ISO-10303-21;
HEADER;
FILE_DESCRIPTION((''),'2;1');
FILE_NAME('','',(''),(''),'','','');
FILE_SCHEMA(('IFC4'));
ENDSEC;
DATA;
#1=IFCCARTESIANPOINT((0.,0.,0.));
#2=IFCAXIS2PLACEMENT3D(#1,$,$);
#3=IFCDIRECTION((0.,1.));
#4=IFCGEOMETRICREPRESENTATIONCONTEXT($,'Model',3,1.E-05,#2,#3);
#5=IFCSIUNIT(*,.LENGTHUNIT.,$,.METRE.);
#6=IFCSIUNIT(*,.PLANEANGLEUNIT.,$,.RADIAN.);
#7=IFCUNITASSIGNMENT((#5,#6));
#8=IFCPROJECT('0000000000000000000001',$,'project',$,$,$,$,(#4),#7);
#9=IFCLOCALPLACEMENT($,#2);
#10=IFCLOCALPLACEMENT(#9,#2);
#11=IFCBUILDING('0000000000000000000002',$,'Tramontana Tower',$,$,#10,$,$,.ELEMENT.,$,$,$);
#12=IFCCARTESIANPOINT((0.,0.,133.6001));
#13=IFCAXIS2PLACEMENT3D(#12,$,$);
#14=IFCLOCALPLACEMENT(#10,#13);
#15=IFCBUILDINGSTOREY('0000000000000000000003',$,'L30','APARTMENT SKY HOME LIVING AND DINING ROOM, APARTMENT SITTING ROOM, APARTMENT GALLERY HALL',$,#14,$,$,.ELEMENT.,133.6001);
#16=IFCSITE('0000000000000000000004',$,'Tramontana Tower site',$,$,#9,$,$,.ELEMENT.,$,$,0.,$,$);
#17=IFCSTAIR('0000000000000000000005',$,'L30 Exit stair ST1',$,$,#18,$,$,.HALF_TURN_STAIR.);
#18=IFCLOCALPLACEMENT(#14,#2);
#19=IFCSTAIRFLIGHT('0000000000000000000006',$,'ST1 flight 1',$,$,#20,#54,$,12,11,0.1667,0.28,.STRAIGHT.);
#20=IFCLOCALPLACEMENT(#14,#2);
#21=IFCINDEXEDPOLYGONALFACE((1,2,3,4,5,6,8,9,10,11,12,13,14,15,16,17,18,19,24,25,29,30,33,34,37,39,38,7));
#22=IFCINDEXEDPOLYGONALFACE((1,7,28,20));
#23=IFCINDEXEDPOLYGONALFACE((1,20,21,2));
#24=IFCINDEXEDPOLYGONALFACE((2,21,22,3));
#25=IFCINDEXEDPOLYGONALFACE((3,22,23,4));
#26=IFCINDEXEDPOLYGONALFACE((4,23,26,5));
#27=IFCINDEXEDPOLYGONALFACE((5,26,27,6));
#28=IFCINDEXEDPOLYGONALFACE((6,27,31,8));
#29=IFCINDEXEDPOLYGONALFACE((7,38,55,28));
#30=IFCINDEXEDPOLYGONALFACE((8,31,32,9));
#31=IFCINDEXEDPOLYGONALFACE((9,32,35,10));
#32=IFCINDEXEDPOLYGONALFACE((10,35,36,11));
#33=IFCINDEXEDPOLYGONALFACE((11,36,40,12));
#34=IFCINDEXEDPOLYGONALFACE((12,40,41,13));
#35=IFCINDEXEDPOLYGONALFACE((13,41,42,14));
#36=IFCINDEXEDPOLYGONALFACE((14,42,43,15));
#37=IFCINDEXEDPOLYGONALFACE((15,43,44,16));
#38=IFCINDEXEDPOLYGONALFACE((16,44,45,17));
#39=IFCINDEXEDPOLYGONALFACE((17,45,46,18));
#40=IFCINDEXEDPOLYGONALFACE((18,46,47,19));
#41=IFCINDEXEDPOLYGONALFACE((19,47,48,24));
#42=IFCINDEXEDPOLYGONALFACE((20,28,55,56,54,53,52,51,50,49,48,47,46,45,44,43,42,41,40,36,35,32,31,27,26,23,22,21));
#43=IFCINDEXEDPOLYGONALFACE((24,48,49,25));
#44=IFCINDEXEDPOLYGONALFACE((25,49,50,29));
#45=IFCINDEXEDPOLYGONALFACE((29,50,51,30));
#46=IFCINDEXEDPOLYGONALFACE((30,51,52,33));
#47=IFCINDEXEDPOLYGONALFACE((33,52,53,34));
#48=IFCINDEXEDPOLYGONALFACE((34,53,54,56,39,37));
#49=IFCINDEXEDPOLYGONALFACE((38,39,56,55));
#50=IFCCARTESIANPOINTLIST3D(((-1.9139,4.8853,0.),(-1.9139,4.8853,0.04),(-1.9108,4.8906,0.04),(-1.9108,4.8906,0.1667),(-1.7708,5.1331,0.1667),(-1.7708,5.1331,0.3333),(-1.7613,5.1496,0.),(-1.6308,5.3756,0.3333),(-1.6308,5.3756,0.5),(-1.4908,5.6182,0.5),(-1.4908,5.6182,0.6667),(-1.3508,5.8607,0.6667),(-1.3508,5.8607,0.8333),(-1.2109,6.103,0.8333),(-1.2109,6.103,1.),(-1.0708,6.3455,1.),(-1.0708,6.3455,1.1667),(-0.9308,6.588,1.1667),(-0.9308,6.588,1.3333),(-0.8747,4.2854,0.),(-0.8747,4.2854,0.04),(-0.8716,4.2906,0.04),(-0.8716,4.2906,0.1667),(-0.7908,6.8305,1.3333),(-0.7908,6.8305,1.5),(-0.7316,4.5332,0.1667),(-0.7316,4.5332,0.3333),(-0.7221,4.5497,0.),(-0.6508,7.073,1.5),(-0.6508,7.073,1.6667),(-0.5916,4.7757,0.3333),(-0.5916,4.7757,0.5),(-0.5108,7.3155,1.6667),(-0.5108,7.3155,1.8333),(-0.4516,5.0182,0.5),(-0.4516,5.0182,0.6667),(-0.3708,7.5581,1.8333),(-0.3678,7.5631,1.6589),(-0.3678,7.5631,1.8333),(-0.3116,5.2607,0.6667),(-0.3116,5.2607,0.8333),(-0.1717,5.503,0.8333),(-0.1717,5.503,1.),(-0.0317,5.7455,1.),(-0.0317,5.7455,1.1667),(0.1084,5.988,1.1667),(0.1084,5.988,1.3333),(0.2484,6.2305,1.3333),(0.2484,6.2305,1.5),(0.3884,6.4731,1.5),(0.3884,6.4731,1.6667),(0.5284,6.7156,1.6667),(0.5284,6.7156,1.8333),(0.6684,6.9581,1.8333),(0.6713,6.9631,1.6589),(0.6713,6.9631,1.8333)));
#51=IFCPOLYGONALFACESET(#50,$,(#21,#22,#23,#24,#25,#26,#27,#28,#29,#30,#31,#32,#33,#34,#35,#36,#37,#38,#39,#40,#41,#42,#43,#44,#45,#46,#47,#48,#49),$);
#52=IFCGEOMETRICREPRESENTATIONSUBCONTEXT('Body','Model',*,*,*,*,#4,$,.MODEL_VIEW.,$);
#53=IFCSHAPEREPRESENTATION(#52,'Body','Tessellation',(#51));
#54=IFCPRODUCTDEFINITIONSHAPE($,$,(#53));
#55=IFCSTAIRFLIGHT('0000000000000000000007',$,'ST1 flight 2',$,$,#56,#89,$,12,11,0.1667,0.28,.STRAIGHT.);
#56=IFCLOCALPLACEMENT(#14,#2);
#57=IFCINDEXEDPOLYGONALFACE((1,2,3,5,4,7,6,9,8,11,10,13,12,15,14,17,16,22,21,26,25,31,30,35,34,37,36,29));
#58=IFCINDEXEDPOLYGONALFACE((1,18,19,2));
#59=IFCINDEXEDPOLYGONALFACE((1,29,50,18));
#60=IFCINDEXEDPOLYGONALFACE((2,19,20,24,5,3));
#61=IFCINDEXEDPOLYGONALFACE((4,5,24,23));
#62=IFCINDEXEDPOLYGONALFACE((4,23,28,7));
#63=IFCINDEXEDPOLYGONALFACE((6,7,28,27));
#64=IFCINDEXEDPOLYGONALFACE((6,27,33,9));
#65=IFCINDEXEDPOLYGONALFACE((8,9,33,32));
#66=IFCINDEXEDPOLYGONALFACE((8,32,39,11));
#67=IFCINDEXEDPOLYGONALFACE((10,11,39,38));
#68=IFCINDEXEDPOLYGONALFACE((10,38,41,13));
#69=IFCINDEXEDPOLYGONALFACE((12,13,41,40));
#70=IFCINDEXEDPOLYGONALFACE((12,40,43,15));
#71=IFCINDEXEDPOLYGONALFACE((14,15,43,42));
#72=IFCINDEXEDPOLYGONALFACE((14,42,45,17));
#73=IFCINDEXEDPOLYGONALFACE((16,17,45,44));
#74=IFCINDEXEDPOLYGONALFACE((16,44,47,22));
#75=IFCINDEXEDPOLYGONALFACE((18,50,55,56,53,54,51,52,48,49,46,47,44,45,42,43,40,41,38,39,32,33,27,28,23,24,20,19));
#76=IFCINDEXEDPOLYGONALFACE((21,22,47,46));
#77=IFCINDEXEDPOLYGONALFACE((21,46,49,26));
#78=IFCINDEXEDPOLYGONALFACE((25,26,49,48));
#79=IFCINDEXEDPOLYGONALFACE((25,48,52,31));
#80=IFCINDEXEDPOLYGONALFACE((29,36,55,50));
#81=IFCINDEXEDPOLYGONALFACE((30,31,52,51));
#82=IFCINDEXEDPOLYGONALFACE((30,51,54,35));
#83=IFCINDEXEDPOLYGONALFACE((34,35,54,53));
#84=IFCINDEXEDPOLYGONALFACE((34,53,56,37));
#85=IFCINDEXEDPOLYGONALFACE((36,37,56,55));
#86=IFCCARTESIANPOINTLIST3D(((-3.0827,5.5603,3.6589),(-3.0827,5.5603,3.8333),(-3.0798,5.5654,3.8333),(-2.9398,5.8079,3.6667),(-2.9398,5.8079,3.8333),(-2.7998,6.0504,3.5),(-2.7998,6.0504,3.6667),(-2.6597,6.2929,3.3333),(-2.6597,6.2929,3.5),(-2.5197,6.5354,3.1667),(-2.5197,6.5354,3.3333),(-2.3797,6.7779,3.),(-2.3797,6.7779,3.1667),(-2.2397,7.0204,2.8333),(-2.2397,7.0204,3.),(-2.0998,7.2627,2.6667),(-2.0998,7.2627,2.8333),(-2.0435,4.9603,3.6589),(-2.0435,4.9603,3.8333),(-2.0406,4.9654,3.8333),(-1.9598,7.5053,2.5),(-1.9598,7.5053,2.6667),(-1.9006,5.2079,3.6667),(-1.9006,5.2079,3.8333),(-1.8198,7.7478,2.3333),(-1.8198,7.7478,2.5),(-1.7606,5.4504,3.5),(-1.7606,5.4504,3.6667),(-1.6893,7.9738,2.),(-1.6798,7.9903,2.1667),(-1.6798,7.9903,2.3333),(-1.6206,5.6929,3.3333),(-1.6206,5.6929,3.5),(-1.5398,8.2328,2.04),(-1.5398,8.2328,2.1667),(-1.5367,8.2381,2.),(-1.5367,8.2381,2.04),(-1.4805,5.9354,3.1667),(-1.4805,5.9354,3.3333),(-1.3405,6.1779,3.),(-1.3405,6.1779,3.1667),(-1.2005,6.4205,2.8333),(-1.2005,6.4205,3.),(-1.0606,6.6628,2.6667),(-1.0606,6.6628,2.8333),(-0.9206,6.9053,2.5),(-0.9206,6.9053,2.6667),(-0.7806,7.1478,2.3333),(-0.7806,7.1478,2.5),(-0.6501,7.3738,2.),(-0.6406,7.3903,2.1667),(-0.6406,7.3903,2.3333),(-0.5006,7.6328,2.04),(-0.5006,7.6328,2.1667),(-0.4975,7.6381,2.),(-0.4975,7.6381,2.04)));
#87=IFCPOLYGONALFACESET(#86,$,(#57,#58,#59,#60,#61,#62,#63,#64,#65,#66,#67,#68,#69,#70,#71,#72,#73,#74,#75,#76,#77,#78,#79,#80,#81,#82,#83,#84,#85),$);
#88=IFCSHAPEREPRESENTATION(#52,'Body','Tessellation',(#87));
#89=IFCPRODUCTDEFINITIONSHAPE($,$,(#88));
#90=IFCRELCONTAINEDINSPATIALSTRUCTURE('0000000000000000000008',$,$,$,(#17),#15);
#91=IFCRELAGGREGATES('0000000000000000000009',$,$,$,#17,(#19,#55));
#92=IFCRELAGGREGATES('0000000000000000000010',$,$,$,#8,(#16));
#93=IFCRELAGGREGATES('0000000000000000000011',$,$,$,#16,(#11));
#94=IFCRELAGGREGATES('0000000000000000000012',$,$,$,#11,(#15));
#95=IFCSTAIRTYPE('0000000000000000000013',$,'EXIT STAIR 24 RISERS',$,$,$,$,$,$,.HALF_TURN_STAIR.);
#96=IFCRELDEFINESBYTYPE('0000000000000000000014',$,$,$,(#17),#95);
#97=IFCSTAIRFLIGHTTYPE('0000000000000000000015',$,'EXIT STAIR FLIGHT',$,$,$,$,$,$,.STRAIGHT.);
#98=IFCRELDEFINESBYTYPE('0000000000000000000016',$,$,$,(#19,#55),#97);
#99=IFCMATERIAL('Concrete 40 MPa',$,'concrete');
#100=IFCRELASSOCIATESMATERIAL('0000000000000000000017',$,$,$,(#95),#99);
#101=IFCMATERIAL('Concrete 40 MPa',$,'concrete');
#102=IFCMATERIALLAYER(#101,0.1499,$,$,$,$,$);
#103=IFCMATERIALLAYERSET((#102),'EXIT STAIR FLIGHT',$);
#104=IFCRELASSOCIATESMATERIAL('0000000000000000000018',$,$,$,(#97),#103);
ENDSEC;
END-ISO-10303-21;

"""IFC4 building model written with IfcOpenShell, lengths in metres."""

from ifc_helpers import new_model, si_unit, direction, frame, origin, place, context, subcontext, project, spatial, polyline, outline, extrude, material, layer, layer_set, type_object, element, aggregate, save


model = new_model("IFC4")

# Units and contexts
model_context = context("Model", 3, precision=1e-05, world=origin(), true_north=direction((0.0, 1.0)))
body_context = subcontext(model_context, "Body", "Model", "MODEL_VIEW")
ifc_project = project(units=[si_unit("LENGTHUNIT", "METRE"), si_unit("PLANEANGLEUNIT", "RADIAN")], contexts=[model_context])

# Site, building, storey
site_placement = place(None, origin())
site = spatial("IfcSite", under=ifc_project, at=site_placement, Name="Tramontana Tower site", CompositionType="ELEMENT", RefElevation=0.0)
building_placement = place(site_placement, origin())
building = spatial("IfcBuilding", under=site, at=building_placement, Name="Tramontana Tower", CompositionType="ELEMENT")
storey_placement = place(building_placement, frame((0.0, 0.0, 133.6001)))
storey = spatial("IfcBuildingStorey", under=building, at=storey_placement, Name="L30", Description="APARTMENT SKY HOME LIVING AND DINING ROOM, APARTMENT SITTING ROOM, APARTMENT GALLERY HALL", CompositionType="ELEMENT", Elevation=133.6001)

# Stair, stair flights
ifc_material_1 = material(Name="Concrete 40 MPa", Category="concrete")
stair_type = type_object("IfcStairType", Name="EXIT STAIR 24 RISERS", PredefinedType="HALF_TURN_STAIR", material=ifc_material_1)
stair_placement = place(storey_placement, origin())
stair = element("IfcStair", 1, at=stair_placement, inside=storey, type_object=stair_type, Name="L30 Exit stair ST1", PredefinedType="HALF_TURN_STAIR")
ifc_material_2 = material(Name="Concrete 40 MPa", Category="concrete")
ifc_layer_1 = layer(ifc_material_2, 0.1499)
ifc_layer_set_1 = layer_set([ifc_layer_1], Name="EXIT STAIR FLIGHT")
stair_flight_type = type_object("IfcStairFlightType", Name="EXIT STAIR FLIGHT", PredefinedType="STRAIGHT", material=ifc_layer_set_1)
stair_flight_1_placement = place(storey_placement, frame((-1.3911, 4.5906, 0.0), z_axis=(0.0, 0.0, 1.0), x_axis=(0.5, 0.866025, 0.0)))
stair_flight_1 = element("IfcStairFlight", 2, at=stair_flight_1_placement, type_object=stair_flight_type, Name="ST1 flight 1", NumberOfRisers=12, NumberOfTreads=11, PredefinedType="STRAIGHT", RiserHeight=0.1667, TreadLength=0.28, context=body_context, shape_type="SweptSolid", body=[
    extrude(outline(polyline([(-0.0061, 0.0), (-0.0061, 0.04), (0.0, 0.04), (0.0, 0.1667), (0.28, 0.1667), (0.28, 0.3333), (0.5601, 0.3333), (0.5601, 0.5), (0.8401, 0.5), (0.8401, 0.6667), (1.1201, 0.6667), (1.1201, 0.8333), (1.3999, 0.8333), (1.3999, 1.0), (1.6799, 1.0), (1.6799, 1.1667), (1.96, 1.1667), (1.96, 1.3333), (2.24, 1.3333), (2.24, 1.5), (2.52, 1.5), (2.52, 1.6667), (2.8, 1.6667), (2.8, 1.8333), (3.0801, 1.8333), (3.0859, 1.8333), (3.0859, 1.6589), (0.2991, 0.0), (-0.0061, 0.0)])), frame((0.0, 0.6001, 0.0), z_axis=(0.0, -1.0, 0.0), x_axis=(1.0, 0.0, 0.0)), (0.0, 0.0, 1.0), 1.2),
])
stair_flight_2_placement = place(storey_placement, frame((-1.0203, 7.9329, 2.0), z_axis=(0.0, 0.0, 1.0), x_axis=(-0.5, -0.866025, 0.0)))
stair_flight_2 = element("IfcStairFlight", 3, at=stair_flight_2_placement, type_object=stair_flight_type, Name="ST1 flight 2", NumberOfRisers=12, NumberOfTreads=11, PredefinedType="STRAIGHT", RiserHeight=0.1667, TreadLength=0.28, context=body_context, shape_type="SweptSolid", body=[
    extrude(outline(polyline([(-0.0061, 0.0), (-0.0061, 0.04), (0.0, 0.04), (0.0, 0.1667), (0.28, 0.1667), (0.28, 0.3333), (0.5601, 0.3333), (0.5601, 0.5), (0.8401, 0.5), (0.8401, 0.6667), (1.1201, 0.6667), (1.1201, 0.8333), (1.3999, 0.8333), (1.3999, 1.0), (1.6799, 1.0), (1.6799, 1.1667), (1.96, 1.1667), (1.96, 1.3333), (2.24, 1.3333), (2.24, 1.5), (2.52, 1.5), (2.52, 1.6667), (2.8, 1.6667), (2.8, 1.8333), (3.0801, 1.8333), (3.0859, 1.8333), (3.0859, 1.6589), (0.2991, 0.0), (-0.0061, 0.0)])), frame((0.0, 0.6001, 0.0), z_axis=(0.0, -1.0, 0.0), x_axis=(1.0, 0.0, 0.0)), (0.0, 0.0, 1.0), 1.2),
])
aggregate(stair, [stair_flight_1, stair_flight_2])

save(model, "model.ifc")
